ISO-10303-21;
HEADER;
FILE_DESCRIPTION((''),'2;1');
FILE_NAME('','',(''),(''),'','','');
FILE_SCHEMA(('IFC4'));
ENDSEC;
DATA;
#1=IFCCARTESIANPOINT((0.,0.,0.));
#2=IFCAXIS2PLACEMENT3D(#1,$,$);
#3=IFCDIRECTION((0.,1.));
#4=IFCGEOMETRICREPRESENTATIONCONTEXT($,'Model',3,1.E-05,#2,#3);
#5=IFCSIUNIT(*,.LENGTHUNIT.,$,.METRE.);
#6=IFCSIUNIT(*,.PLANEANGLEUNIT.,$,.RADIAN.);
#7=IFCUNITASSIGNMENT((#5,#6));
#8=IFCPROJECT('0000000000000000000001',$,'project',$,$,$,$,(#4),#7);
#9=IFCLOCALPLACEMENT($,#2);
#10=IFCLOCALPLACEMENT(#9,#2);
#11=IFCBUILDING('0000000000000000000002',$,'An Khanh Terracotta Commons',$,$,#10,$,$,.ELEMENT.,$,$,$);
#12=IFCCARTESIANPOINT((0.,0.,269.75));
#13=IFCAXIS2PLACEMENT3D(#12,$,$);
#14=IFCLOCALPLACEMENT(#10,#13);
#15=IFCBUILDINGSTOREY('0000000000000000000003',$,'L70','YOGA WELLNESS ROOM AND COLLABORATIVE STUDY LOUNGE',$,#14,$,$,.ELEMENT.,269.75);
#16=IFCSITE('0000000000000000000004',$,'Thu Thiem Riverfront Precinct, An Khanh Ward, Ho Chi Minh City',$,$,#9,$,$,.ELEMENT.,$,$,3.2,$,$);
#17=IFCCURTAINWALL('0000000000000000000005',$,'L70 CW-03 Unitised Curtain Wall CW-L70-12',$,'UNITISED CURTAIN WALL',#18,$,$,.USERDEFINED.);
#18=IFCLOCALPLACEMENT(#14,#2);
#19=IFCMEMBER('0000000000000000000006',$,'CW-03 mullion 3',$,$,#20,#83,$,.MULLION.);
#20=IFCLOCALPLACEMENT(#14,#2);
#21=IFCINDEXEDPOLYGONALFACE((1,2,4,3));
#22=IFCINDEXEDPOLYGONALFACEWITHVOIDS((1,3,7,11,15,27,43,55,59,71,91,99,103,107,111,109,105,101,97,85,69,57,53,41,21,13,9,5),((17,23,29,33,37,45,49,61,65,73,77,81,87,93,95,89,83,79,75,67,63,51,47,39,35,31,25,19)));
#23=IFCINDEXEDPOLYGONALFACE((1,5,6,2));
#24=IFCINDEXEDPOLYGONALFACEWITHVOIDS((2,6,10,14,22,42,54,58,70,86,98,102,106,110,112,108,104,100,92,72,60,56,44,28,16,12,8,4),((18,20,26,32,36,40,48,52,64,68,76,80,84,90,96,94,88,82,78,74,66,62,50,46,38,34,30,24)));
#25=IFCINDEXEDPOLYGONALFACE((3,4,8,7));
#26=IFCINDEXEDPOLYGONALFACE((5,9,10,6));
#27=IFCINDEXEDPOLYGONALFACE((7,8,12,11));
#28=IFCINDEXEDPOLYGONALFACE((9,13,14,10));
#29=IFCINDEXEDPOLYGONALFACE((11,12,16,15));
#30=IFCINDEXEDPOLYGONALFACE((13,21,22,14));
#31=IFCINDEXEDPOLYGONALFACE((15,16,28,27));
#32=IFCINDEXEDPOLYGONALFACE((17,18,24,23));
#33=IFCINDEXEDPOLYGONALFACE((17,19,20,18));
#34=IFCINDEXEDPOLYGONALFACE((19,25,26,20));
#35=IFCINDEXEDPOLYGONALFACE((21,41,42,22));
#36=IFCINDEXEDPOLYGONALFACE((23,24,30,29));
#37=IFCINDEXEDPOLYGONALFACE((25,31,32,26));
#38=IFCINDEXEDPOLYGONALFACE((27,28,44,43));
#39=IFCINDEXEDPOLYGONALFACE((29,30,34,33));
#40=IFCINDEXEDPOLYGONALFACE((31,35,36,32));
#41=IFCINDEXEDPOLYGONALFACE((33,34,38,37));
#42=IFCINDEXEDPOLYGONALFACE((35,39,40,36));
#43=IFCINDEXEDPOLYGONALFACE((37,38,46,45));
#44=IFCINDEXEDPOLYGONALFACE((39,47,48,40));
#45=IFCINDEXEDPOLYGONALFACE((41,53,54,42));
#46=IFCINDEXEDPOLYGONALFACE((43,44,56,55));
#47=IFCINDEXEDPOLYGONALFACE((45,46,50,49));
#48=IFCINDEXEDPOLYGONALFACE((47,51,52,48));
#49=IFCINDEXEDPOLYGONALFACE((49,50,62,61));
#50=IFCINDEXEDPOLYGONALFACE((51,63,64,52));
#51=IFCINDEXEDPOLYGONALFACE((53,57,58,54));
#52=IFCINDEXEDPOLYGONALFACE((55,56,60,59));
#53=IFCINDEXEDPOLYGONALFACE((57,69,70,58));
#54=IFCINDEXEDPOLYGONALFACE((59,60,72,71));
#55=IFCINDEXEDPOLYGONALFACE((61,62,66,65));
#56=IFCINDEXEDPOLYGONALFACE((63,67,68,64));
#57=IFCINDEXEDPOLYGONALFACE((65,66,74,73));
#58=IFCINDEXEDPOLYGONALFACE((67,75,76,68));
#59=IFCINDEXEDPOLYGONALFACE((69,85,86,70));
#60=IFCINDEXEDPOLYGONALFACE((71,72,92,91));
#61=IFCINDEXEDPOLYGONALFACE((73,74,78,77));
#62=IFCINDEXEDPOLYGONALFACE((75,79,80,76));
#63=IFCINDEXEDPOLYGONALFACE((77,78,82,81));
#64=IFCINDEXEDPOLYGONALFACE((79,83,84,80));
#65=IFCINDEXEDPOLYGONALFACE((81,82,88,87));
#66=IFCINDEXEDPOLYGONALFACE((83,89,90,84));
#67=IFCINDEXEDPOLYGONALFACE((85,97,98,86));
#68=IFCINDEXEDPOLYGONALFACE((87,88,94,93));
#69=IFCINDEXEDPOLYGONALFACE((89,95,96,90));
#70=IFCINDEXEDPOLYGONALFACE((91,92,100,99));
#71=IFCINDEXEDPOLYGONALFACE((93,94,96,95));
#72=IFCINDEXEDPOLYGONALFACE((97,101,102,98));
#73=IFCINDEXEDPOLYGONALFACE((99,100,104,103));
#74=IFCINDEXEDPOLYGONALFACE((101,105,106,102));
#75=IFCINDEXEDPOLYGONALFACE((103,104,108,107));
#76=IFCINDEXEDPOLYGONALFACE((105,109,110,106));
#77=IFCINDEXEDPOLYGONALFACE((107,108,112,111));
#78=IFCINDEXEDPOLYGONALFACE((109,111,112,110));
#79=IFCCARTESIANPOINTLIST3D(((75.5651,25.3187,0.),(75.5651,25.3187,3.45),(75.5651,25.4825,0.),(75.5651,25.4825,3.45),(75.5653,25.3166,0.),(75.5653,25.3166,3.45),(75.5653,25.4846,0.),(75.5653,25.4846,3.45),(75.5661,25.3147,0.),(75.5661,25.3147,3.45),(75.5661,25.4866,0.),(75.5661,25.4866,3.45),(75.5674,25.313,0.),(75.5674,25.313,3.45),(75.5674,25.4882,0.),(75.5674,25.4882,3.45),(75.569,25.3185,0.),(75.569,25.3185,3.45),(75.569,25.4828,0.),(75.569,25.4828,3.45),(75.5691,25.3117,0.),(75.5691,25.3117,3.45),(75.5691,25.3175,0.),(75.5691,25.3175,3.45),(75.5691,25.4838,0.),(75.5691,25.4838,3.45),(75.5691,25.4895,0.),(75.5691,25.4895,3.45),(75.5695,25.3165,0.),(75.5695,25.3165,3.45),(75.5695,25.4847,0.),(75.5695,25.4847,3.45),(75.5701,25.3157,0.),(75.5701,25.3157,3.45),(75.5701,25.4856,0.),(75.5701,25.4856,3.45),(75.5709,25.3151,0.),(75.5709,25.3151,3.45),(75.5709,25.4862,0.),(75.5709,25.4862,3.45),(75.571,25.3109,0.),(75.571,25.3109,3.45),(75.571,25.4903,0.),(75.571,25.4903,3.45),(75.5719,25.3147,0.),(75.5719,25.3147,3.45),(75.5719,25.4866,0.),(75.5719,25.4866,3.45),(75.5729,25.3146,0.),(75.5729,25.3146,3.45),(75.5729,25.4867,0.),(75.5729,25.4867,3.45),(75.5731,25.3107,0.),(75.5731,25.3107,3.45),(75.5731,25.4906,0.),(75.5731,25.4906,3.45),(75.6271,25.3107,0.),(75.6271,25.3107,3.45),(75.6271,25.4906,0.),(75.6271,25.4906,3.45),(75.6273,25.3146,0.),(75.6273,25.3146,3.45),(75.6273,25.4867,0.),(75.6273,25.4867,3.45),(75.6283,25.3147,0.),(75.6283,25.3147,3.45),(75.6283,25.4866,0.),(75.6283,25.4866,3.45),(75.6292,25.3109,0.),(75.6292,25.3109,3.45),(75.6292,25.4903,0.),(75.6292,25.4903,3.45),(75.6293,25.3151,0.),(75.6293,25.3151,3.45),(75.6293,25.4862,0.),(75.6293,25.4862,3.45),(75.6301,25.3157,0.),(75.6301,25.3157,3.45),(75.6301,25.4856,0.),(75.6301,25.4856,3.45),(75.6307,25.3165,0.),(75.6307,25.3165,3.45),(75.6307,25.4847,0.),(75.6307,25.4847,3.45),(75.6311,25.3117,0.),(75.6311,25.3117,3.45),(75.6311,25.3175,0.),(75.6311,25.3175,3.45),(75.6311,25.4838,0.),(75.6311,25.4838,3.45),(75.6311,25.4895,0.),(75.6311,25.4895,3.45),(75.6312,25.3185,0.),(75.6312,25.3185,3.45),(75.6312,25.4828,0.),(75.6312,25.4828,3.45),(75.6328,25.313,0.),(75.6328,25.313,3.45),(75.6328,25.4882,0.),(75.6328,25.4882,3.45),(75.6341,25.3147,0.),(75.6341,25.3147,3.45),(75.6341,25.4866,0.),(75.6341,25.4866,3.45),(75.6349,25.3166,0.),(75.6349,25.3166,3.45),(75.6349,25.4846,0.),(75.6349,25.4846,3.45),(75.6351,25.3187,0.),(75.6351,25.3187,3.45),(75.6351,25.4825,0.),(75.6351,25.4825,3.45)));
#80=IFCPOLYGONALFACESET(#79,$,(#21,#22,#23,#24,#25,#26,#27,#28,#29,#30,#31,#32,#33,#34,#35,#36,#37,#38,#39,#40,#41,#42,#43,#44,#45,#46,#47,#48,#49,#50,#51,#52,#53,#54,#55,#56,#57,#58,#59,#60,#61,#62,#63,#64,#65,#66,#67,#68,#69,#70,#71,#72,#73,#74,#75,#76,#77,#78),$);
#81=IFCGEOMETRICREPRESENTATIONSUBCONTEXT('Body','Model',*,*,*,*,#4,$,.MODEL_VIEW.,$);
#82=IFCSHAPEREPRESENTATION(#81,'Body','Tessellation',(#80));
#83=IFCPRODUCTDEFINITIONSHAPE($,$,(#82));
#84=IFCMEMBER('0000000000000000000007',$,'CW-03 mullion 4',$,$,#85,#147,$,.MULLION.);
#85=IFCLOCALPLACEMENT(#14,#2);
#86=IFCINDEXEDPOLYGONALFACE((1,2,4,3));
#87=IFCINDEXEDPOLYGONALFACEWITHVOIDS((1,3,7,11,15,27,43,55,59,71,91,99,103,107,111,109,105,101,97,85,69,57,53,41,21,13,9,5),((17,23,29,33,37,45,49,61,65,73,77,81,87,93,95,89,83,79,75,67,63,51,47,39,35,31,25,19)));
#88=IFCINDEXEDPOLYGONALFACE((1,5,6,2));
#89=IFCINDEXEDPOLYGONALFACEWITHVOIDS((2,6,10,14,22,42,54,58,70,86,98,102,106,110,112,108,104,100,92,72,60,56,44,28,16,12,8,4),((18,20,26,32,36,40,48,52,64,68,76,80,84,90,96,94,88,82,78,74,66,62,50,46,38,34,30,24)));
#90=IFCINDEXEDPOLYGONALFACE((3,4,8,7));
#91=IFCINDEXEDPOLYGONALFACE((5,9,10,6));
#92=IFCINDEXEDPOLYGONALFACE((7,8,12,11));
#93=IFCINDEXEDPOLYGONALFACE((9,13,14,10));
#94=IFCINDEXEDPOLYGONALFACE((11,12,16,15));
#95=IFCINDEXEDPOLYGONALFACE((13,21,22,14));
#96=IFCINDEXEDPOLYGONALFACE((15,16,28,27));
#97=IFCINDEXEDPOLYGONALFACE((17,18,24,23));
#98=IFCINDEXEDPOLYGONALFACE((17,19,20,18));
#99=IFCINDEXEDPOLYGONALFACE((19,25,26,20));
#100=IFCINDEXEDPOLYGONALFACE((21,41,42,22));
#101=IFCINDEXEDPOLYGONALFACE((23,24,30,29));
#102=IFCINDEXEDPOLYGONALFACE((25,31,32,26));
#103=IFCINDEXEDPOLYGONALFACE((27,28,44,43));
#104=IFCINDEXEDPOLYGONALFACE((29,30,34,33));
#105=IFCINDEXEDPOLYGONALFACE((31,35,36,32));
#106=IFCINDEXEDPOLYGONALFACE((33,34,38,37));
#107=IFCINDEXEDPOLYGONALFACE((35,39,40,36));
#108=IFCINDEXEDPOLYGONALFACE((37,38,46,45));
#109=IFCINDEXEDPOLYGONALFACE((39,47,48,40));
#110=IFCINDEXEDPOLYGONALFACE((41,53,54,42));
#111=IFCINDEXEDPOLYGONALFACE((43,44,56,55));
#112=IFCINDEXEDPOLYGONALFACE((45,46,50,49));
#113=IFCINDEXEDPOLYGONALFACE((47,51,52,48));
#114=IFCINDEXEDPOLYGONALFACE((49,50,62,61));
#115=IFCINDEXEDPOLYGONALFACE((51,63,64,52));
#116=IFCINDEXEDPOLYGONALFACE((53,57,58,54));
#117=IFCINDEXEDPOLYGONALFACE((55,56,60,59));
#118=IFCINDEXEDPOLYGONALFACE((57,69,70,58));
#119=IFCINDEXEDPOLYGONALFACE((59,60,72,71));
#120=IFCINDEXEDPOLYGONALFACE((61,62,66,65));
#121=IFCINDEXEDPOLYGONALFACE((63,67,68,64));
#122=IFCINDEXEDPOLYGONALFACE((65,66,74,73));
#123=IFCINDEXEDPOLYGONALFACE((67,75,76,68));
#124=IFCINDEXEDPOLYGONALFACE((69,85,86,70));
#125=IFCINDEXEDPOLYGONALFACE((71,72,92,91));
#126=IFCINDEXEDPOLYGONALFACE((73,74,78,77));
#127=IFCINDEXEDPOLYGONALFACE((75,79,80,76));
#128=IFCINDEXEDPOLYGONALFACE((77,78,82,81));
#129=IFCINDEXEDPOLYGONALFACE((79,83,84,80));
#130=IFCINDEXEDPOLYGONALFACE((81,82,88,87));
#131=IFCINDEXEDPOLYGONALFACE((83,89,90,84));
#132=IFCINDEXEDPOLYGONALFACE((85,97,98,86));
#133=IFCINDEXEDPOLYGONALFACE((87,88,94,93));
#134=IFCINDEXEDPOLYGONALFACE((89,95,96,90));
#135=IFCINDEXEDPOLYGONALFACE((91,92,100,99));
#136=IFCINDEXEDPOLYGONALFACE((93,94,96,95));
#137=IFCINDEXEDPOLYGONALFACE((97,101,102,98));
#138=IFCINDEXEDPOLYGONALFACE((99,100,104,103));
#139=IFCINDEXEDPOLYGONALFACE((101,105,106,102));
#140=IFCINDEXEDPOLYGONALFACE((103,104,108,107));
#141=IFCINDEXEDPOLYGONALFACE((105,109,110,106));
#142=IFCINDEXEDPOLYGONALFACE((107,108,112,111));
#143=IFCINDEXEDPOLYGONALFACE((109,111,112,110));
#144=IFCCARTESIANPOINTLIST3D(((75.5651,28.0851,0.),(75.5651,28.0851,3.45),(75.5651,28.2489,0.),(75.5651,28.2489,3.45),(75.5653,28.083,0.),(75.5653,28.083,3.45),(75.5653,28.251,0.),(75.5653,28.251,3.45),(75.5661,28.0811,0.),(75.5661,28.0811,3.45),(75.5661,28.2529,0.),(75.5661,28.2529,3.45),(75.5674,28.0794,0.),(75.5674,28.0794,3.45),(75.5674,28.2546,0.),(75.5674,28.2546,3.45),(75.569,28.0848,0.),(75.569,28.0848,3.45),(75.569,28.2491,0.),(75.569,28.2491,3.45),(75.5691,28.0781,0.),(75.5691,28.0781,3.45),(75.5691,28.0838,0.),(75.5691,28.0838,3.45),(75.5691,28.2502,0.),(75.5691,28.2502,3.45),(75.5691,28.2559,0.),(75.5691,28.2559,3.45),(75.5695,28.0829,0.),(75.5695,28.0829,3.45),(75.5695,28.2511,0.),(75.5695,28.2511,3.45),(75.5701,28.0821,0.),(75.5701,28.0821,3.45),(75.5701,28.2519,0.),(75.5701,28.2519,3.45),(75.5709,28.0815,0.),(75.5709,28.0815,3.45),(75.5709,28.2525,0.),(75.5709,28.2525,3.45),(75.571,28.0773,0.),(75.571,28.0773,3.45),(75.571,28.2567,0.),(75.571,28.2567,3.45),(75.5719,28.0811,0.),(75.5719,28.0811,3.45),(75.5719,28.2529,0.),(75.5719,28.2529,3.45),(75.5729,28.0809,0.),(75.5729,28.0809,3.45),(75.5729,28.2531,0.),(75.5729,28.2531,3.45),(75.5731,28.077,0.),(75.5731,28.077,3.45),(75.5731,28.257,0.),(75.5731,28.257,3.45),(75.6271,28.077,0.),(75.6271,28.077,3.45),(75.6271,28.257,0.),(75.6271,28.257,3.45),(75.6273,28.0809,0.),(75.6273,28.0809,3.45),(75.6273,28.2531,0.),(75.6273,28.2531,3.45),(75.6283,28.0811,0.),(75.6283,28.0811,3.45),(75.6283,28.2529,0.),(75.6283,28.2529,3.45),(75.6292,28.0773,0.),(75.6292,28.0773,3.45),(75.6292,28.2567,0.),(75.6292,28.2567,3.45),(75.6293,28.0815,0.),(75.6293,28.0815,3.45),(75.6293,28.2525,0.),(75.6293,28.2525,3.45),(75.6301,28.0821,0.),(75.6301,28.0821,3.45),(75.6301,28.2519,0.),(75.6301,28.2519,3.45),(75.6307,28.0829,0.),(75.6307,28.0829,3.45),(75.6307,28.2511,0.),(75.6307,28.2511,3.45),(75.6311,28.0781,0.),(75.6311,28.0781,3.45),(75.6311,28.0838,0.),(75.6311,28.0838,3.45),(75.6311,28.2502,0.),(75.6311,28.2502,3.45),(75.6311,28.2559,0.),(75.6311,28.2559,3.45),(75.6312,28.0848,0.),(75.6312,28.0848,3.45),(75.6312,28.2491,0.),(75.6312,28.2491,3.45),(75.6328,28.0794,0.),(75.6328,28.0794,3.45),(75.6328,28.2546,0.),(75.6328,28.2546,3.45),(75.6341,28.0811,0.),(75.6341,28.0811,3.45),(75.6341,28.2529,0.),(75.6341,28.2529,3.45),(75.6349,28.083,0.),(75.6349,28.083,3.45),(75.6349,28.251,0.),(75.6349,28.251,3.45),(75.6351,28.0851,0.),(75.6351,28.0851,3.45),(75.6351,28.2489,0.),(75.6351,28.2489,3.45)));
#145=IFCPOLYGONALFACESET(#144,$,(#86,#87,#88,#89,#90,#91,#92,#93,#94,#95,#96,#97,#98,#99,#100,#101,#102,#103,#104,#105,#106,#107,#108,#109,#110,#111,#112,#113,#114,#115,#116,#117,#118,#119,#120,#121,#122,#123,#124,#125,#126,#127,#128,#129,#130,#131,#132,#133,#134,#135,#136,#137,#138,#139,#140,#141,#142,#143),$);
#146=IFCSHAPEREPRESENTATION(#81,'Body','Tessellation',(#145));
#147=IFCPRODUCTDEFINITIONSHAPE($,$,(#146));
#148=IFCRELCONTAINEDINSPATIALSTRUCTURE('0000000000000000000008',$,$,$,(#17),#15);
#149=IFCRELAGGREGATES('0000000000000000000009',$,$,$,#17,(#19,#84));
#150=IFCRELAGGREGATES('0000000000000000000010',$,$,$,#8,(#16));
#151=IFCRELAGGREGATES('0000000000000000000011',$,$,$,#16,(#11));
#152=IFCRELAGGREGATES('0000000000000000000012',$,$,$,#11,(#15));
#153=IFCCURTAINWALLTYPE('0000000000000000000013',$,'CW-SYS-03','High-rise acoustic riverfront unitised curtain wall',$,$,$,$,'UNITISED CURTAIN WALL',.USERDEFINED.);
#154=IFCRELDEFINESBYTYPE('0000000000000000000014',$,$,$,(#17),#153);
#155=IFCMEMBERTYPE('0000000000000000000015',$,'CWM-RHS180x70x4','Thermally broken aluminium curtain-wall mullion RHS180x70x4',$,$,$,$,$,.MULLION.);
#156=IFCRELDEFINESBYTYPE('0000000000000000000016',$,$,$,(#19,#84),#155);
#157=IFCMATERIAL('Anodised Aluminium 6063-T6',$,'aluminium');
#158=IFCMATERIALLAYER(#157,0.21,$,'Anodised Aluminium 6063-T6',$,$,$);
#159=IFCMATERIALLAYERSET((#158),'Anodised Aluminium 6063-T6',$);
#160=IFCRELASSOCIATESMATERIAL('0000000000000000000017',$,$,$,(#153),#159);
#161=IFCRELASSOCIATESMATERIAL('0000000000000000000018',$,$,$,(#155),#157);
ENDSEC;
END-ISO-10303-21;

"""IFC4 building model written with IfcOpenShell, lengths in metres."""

from ifc_helpers import new_model, si_unit, direction, frame, origin, origin_2d, place, context, subcontext, project, spatial, hollow_rectangle, extrude, material, layer, layer_set, material_profile, profile_set, type_object, element, aggregate, save


model = new_model("IFC4")

# Units and contexts
model_context = context("Model", 3, precision=1e-05, world=origin(), true_north=direction((0.0, 1.0)))
body_context = subcontext(model_context, "Body", "Model", "MODEL_VIEW")
ifc_project = project(units=[si_unit("LENGTHUNIT", "METRE"), si_unit("PLANEANGLEUNIT", "RADIAN")], contexts=[model_context])

# Site, building, storey
site_placement = place(None, origin())
site = spatial("IfcSite", under=ifc_project, at=site_placement, Name="Thu Thiem Riverfront Precinct, An Khanh Ward, Ho Chi Minh City", CompositionType="ELEMENT", RefElevation=3.2)
building_placement = place(site_placement, origin())
building = spatial("IfcBuilding", under=site, at=building_placement, Name="An Khanh Terracotta Commons", CompositionType="ELEMENT")
storey_placement = place(building_placement, frame((0.0, 0.0, 269.75)))
storey = spatial("IfcBuildingStorey", under=building, at=storey_placement, Name="L70", Description="YOGA WELLNESS ROOM AND COLLABORATIVE STUDY LOUNGE", CompositionType="ELEMENT", Elevation=269.75)

# Curtain wall, members
ifc_material_1 = material(Name="Anodised Aluminium 6063-T6", Category="aluminium")
ifc_layer_1 = layer(ifc_material_1, 0.21, Name="Anodised Aluminium 6063-T6")
ifc_layer_set_1 = layer_set([ifc_layer_1], Name="Anodised Aluminium 6063-T6")
curtain_wall_type = type_object("IfcCurtainWallType", Name="CW-SYS-03", Description="High-rise acoustic riverfront unitised curtain wall", ElementType="UNITISED CURTAIN WALL", PredefinedType="USERDEFINED", material=ifc_layer_set_1)
curtain_wall_1_placement = place(storey_placement, origin())
curtain_wall_1 = element("IfcCurtainWall", 1, at=curtain_wall_1_placement, inside=storey, type_object=curtain_wall_type, Name="L70 CW-03 Unitised Curtain Wall CW-L70-12", ObjectType="UNITISED CURTAIN WALL", PredefinedType="USERDEFINED")
ifc_material_profile_1 = material_profile(ifc_material_1, hollow_rectangle(XDim=0.0701, YDim=0.1799, WallThickness=0.0039, InnerFilletRadius=0.0039, OuterFilletRadius=0.0081, at=origin_2d()), Name="RHS180x70x4")
ifc_profile_set_1 = profile_set([ifc_material_profile_1], Name="Anodised Aluminium 6063-T6")
member_type_1 = type_object("IfcMemberType", Name="CWM-RHS180x70x4", Description="Thermally broken aluminium curtain-wall mullion RHS180x70x4", PredefinedType="MULLION", material=ifc_profile_set_1)
member_1_placement = place(storey_placement, frame((75.6001, 25.4006, 0.0), z_axis=(0.0, 0.0, 1.0), x_axis=(-1.0, 0.0, 0.0)))
member_1 = element("IfcMember", 2, at=member_1_placement, type_object=member_type_1, Name="CW-03 mullion 3", PredefinedType="MULLION", context=body_context, shape_type="SweptSolid", body=[
    extrude(hollow_rectangle(XDim=0.0701, YDim=0.1799, WallThickness=0.0039, InnerFilletRadius=0.0039, OuterFilletRadius=0.0081, at=origin_2d()), origin(), (0.0, 0.0, 1.0), 3.45),
])
member_2_placement = place(storey_placement, frame((75.6001, 28.167, 0.0), z_axis=(0.0, 0.0, 1.0), x_axis=(-1.0, 0.0, 0.0)))
member_2 = element("IfcMember", 3, at=member_2_placement, type_object=member_type_1, Name="CW-03 mullion 4", PredefinedType="MULLION", context=body_context, shape_type="SweptSolid", body=[
    extrude(hollow_rectangle(XDim=0.0701, YDim=0.1799, WallThickness=0.0039, InnerFilletRadius=0.0039, OuterFilletRadius=0.0081, at=origin_2d()), origin(), (0.0, 0.0, 1.0), 3.45),
])

aggregate(curtain_wall_1, [member_1, member_2])

save(model, "model.ifc")
